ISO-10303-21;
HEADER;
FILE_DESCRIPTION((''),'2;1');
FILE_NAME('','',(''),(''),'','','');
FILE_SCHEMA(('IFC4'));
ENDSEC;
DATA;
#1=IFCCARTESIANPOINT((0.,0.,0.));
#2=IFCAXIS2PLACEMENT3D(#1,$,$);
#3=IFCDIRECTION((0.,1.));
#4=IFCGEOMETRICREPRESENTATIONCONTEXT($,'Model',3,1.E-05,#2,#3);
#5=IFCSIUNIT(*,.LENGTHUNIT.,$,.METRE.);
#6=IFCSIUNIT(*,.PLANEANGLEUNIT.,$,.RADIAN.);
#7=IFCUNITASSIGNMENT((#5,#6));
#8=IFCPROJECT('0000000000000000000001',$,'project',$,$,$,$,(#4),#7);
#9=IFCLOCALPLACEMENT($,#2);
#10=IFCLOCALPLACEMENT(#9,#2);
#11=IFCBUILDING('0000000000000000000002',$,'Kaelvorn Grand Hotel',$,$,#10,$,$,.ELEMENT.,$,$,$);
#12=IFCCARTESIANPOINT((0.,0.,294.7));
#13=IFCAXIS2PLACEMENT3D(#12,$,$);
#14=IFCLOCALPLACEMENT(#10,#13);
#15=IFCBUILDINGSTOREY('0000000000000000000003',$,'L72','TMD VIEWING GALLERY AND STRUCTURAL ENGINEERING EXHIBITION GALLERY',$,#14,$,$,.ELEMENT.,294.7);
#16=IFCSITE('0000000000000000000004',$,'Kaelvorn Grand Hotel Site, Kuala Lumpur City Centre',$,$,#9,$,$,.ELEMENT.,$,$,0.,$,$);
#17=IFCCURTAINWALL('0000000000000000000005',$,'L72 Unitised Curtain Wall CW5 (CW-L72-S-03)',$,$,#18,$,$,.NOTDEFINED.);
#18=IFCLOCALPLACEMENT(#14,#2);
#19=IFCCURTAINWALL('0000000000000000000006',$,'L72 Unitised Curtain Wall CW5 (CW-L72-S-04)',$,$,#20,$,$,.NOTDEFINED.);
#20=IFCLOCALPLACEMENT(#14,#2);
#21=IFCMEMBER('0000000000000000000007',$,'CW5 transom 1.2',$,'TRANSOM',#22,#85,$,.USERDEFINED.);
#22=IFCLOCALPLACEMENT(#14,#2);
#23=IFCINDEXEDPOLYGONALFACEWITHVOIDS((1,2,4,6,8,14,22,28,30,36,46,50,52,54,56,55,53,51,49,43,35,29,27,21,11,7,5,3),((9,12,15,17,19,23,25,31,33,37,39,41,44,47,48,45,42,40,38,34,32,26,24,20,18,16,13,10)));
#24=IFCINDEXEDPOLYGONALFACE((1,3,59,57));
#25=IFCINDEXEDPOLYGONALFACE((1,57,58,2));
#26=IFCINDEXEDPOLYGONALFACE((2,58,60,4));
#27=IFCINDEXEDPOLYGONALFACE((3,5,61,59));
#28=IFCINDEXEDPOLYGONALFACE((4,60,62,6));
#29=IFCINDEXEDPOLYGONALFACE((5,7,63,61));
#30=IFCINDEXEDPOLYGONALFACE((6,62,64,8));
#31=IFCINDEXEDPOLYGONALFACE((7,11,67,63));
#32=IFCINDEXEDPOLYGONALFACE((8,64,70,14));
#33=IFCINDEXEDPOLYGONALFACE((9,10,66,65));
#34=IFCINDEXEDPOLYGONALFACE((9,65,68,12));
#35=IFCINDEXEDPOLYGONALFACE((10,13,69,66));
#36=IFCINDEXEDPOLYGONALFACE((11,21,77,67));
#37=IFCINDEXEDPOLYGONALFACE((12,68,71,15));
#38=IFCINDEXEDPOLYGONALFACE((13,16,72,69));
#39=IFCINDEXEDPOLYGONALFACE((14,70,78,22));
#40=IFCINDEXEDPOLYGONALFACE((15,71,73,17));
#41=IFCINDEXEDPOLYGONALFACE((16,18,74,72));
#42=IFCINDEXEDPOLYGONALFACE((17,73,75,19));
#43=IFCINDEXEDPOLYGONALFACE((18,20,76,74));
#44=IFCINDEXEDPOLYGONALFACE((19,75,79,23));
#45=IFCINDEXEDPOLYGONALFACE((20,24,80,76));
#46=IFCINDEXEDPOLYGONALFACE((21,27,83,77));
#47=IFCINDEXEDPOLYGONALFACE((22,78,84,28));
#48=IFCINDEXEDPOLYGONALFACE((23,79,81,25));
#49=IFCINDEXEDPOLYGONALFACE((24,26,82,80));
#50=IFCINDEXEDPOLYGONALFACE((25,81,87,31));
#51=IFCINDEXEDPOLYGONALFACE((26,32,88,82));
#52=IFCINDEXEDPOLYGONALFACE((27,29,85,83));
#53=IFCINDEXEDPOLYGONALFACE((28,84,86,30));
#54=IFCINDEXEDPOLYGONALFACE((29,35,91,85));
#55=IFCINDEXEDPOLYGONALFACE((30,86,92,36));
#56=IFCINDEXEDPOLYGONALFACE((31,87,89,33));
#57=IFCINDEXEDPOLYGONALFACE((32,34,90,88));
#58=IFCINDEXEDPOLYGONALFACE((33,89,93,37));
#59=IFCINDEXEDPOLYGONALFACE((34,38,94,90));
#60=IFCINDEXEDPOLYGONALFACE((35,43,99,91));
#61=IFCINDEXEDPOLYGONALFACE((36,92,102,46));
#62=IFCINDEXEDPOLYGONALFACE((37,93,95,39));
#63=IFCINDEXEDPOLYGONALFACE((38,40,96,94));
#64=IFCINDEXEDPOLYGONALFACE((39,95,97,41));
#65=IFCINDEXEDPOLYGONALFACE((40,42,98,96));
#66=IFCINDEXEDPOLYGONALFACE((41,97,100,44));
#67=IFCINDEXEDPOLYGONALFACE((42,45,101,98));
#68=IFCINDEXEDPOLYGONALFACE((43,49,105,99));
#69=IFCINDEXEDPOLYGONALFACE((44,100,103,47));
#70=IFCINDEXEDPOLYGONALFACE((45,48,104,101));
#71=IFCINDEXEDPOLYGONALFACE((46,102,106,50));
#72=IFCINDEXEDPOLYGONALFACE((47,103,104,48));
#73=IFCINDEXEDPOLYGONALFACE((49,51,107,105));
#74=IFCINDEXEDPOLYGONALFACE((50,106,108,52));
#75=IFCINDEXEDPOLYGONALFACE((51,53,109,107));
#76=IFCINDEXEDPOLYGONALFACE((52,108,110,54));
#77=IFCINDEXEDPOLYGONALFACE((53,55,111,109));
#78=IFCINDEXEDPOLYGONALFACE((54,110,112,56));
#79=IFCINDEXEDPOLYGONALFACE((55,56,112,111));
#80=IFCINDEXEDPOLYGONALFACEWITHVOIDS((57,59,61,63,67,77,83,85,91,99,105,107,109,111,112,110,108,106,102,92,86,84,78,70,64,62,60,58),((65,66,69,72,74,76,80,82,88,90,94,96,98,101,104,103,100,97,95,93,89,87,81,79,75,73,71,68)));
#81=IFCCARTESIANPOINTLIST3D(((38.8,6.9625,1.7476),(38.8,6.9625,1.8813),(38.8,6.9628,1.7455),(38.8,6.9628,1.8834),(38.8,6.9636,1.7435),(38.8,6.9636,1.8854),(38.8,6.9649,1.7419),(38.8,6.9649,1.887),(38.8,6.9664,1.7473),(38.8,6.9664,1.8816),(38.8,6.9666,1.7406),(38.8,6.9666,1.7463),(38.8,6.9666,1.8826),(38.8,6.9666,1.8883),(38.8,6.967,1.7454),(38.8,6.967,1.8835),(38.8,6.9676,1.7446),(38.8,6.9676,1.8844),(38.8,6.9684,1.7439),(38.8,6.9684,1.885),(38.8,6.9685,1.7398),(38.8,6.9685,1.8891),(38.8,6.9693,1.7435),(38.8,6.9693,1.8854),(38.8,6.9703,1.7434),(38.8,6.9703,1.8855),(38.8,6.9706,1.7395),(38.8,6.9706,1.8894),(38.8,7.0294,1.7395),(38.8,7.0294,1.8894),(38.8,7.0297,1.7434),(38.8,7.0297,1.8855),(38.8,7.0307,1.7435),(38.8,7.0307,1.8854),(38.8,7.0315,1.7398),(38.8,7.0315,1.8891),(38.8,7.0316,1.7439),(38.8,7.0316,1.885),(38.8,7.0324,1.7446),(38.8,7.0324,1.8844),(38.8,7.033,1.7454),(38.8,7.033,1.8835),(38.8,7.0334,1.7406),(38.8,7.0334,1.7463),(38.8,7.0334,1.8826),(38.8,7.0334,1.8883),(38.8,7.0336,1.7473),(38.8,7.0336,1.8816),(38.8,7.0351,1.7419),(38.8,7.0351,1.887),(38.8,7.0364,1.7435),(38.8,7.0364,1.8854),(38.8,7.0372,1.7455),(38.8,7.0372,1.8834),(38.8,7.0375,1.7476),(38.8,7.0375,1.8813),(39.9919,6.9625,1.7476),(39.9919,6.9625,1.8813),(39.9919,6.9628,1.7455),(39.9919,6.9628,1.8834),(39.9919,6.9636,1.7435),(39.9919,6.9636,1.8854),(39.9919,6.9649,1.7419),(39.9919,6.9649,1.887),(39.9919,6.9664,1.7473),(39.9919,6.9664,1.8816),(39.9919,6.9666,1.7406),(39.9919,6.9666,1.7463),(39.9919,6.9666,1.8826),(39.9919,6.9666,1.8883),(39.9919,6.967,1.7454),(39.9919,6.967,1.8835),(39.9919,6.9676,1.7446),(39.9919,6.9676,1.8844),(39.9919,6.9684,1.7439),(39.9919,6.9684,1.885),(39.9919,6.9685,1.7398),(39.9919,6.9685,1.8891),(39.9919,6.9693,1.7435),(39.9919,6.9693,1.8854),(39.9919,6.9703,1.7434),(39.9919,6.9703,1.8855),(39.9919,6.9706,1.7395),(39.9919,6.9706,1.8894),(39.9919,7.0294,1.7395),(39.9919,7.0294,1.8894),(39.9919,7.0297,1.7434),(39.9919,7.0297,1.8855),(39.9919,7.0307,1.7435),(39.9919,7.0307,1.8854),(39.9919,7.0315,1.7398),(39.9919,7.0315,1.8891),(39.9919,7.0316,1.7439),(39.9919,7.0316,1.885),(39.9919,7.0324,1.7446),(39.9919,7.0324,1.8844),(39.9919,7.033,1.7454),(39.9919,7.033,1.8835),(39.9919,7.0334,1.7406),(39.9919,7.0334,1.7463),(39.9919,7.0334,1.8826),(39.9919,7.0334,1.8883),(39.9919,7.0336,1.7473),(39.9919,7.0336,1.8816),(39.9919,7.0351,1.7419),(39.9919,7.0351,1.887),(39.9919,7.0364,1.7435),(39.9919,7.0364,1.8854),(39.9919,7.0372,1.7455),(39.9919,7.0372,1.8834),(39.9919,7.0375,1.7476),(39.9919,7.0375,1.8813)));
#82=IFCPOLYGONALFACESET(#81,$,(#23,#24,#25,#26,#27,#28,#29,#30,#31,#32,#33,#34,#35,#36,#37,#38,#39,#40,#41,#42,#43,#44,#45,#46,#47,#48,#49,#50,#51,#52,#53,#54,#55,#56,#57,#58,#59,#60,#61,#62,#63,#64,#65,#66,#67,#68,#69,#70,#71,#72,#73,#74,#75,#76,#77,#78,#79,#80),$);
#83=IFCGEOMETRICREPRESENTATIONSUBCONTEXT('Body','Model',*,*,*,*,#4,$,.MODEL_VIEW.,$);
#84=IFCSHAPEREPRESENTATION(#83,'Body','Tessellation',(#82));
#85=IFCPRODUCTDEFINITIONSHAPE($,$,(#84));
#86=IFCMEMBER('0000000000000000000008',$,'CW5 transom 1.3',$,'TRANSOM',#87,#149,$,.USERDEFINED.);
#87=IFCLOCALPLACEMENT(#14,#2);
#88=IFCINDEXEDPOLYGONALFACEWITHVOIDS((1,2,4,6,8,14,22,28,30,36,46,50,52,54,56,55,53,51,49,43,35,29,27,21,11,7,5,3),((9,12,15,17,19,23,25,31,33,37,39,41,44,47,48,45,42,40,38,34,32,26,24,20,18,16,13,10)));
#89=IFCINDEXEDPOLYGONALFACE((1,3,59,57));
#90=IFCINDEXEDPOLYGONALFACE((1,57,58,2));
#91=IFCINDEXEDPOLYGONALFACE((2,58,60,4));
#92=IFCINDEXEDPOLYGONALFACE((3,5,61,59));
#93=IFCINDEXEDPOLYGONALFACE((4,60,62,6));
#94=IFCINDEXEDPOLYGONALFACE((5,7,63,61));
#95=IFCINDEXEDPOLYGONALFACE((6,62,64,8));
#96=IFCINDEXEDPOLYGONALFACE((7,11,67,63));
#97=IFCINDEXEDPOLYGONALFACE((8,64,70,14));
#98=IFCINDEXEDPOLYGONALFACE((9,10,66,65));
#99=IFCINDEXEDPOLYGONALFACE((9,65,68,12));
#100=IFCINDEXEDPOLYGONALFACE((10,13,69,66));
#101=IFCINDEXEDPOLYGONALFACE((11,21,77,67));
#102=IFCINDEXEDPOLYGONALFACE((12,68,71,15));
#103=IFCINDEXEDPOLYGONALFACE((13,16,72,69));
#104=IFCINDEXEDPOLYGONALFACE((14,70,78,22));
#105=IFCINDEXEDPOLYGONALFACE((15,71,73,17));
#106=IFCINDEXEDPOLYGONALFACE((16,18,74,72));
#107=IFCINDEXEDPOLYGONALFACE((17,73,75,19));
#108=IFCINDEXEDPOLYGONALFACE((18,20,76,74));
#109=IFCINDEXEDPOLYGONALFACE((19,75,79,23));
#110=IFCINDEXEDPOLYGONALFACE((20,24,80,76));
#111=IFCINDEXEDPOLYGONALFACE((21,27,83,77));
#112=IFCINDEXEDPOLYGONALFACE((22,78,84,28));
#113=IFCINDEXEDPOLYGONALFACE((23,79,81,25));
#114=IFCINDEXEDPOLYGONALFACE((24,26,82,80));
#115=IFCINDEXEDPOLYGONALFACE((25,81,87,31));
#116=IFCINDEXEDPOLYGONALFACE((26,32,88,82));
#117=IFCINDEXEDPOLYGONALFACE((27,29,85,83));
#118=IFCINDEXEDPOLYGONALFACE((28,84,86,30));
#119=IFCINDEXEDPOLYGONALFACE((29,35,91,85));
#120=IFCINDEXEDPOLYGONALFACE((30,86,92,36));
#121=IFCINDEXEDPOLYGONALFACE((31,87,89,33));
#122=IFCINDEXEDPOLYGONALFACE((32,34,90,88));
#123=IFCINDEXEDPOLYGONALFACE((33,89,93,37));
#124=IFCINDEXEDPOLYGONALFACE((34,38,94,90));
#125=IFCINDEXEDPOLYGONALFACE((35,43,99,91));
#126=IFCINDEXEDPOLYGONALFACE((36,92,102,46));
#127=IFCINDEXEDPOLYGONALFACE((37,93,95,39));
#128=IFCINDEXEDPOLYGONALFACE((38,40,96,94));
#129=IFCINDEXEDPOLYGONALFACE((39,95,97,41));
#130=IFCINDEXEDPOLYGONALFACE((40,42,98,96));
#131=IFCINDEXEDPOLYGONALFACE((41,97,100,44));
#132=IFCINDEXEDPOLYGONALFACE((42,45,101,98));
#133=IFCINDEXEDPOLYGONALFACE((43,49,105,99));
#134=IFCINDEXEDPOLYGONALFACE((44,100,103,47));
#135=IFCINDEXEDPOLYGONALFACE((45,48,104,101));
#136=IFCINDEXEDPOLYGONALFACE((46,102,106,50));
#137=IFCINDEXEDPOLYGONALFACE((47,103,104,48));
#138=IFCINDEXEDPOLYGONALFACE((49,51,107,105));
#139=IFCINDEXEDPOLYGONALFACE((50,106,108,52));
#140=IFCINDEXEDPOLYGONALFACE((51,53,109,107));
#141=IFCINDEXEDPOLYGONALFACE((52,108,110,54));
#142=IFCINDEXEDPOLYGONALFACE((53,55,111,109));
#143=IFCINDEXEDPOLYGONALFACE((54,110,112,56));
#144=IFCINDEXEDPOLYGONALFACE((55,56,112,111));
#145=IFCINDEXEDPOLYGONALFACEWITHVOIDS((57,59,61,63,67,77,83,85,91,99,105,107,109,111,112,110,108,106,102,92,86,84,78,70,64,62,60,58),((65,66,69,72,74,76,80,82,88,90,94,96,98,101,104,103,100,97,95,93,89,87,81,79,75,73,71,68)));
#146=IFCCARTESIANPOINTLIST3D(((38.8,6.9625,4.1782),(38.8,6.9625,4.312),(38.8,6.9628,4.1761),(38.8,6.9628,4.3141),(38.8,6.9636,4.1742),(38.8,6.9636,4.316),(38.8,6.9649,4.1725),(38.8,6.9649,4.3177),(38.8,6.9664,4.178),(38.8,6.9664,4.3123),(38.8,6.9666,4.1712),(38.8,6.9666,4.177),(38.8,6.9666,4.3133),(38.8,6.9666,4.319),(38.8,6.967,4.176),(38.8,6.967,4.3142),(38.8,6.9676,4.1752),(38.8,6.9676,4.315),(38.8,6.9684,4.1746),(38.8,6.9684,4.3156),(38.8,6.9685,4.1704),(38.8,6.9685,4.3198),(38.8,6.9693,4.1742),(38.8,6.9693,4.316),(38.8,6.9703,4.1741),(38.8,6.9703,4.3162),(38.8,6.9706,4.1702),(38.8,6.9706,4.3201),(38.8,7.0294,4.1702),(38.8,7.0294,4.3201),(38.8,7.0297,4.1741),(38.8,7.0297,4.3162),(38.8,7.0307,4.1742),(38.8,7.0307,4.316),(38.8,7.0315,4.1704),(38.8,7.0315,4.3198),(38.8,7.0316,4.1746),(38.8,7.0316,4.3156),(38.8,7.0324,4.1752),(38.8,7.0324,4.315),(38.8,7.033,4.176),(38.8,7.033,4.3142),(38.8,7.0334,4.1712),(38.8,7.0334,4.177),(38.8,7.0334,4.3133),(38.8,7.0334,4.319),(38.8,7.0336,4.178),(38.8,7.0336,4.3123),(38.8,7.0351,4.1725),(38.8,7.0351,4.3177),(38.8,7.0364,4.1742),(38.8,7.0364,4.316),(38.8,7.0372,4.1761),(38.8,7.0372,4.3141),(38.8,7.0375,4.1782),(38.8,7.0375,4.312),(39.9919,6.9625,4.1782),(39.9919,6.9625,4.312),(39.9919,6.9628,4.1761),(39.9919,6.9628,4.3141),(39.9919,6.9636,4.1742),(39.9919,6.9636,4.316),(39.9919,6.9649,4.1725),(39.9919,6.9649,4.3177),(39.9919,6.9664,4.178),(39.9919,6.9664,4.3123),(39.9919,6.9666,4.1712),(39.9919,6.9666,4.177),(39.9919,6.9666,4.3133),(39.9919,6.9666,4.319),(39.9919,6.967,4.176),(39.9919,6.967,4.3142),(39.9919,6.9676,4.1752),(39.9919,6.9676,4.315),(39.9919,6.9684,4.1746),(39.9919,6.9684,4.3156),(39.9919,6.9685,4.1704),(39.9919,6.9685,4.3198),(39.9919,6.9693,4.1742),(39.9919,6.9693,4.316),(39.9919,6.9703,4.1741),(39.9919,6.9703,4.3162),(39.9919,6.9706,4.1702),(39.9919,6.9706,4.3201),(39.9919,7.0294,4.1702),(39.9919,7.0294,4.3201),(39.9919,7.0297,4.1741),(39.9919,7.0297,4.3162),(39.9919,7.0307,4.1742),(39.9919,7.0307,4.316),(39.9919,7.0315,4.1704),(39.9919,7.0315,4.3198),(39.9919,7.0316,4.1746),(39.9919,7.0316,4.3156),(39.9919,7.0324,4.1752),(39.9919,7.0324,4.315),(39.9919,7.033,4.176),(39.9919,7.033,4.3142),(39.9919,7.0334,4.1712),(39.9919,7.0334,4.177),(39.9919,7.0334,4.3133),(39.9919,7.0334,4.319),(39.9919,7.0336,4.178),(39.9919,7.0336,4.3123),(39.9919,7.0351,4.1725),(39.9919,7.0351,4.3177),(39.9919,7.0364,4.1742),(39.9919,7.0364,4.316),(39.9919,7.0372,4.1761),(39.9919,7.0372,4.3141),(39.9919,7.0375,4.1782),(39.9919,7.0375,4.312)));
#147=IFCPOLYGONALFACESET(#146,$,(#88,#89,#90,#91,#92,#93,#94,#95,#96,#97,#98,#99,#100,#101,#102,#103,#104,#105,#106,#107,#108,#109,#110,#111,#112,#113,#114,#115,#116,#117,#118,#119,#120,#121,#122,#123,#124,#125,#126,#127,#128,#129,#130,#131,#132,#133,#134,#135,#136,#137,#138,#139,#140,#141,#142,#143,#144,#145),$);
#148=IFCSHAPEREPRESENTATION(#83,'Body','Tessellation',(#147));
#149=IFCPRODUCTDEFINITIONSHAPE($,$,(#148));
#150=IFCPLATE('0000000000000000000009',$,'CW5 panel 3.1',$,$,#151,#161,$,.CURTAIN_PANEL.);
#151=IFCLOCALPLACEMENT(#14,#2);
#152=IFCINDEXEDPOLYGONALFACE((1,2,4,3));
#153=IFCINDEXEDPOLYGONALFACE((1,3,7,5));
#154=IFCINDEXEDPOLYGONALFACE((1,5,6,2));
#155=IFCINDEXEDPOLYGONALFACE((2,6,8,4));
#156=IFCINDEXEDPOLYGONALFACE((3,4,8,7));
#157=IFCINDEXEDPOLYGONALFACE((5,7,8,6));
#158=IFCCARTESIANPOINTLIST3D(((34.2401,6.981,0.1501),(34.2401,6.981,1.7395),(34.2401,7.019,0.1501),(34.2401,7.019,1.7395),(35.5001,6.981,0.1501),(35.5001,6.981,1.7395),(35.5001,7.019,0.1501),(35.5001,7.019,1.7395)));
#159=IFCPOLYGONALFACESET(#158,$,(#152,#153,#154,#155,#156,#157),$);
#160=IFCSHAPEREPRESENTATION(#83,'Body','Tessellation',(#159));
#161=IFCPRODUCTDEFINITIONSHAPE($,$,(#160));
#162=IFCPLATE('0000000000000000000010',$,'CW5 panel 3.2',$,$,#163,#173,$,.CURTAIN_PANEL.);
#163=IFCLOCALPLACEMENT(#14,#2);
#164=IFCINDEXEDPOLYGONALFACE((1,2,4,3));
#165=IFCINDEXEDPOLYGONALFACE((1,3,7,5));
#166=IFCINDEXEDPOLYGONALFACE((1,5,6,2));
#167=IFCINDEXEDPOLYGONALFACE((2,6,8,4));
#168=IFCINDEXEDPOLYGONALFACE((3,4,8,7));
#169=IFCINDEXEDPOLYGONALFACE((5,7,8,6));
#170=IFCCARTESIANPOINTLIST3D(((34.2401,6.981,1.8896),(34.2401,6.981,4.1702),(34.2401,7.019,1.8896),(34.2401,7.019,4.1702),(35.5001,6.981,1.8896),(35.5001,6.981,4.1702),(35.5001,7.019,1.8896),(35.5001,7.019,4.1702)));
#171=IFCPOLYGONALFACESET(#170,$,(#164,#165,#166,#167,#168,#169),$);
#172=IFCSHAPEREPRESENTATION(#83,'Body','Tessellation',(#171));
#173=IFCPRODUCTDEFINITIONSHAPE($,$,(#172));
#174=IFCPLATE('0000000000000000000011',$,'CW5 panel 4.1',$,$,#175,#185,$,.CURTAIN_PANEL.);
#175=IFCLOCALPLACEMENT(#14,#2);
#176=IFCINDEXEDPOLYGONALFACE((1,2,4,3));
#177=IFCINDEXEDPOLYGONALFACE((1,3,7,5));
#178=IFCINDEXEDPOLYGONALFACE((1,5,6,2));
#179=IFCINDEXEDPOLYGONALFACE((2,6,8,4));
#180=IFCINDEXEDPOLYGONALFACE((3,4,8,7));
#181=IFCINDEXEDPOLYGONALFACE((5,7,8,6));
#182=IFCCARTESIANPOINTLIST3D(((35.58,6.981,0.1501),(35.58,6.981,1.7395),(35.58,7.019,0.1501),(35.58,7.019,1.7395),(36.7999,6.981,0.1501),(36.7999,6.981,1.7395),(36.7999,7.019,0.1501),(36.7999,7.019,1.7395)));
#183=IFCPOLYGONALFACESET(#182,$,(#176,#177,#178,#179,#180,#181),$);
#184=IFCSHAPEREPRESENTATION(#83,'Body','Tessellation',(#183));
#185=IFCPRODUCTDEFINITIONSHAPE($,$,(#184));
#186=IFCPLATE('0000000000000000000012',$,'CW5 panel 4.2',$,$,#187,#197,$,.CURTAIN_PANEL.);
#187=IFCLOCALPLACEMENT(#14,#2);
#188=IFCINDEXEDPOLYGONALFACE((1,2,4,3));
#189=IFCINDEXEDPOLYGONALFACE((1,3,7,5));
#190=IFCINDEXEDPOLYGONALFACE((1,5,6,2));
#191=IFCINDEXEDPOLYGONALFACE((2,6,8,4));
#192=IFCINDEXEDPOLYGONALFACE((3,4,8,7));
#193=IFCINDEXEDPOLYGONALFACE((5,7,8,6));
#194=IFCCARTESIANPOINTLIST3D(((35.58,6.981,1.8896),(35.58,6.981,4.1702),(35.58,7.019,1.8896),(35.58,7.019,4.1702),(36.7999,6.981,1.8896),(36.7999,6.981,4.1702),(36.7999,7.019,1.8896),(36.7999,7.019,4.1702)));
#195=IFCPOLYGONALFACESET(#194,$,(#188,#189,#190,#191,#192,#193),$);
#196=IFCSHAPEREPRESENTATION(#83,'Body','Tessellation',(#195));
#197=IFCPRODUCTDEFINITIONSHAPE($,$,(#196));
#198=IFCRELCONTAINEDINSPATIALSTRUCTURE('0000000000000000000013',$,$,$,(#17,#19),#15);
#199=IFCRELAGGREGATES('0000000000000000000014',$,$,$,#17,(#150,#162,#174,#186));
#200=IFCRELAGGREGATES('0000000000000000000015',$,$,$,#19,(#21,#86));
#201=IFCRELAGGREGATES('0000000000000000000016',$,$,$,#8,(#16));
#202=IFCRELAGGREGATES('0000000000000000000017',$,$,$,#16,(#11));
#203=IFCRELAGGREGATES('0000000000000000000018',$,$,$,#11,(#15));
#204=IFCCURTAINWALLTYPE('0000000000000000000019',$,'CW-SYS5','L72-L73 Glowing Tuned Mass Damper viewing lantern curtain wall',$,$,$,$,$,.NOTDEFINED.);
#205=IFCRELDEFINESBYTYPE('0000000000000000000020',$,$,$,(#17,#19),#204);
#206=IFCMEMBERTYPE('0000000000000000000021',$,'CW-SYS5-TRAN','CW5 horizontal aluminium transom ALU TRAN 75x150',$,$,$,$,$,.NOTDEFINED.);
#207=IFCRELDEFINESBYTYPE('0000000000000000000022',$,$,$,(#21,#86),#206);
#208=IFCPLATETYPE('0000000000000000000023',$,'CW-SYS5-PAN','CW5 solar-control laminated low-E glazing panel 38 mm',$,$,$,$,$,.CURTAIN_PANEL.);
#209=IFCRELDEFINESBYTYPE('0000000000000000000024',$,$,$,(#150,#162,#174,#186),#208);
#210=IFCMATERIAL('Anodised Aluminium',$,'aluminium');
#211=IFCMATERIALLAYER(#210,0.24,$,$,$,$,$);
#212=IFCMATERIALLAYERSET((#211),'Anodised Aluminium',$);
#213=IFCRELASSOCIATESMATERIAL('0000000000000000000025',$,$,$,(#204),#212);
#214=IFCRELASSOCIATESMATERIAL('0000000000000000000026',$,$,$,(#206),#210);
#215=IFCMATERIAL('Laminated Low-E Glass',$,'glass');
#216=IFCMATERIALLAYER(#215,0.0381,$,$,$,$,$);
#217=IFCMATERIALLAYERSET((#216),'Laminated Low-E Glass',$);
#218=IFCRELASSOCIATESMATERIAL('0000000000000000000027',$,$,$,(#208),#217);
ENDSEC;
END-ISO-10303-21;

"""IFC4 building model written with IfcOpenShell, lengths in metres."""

from ifc_helpers import new_model, si_unit, direction, frame, origin, origin_2d, place, context, subcontext, project, spatial, rectangle, hollow_rectangle, extrude, material, layer, layer_set, material_profile, profile_set, type_object, element, aggregate, save


model = new_model("IFC4")

# Units and contexts
model_context = context("Model", 3, precision=1e-05, world=origin(), true_north=direction((0.0, 1.0)))
body_context = subcontext(model_context, "Body", "Model", "MODEL_VIEW")
ifc_project = project(units=[si_unit("LENGTHUNIT", "METRE"), si_unit("PLANEANGLEUNIT", "RADIAN")], contexts=[model_context])

# Site, building, storey
site_placement = place(None, origin())
site = spatial("IfcSite", under=ifc_project, at=site_placement, Name="Kaelvorn Grand Hotel Site, Kuala Lumpur City Centre", CompositionType="ELEMENT", RefElevation=0.0)
building_placement = place(site_placement, origin())
building = spatial("IfcBuilding", under=site, at=building_placement, Name="Kaelvorn Grand Hotel", CompositionType="ELEMENT")
storey_placement = place(building_placement, frame((0.0, 0.0, 294.7)))
storey = spatial("IfcBuildingStorey", under=building, at=storey_placement, Name="L72", Description="TMD VIEWING GALLERY AND STRUCTURAL ENGINEERING EXHIBITION GALLERY", CompositionType="ELEMENT", Elevation=294.7)

# Curtain wall
ifc_material_1 = material(Name="Anodised Aluminium", Category="aluminium")
ifc_layer_1 = layer(ifc_material_1, 0.24)
ifc_layer_set_1 = layer_set([ifc_layer_1], Name="Anodised Aluminium")
curtain_wall_type = type_object("IfcCurtainWallType", Name="CW-SYS5", Description="L72-L73 Glowing Tuned Mass Damper viewing lantern curtain wall", PredefinedType="NOTDEFINED", material=ifc_layer_set_1)
curtain_wall_1_placement = place(storey_placement, origin())
curtain_wall_1 = element("IfcCurtainWall", 1, at=curtain_wall_1_placement, inside=storey, type_object=curtain_wall_type, Name="L72 Unitised Curtain Wall CW5 (CW-L72-S-03)", PredefinedType="NOTDEFINED")

# Curtain wall
curtain_wall_2_placement = place(storey_placement, origin())
curtain_wall_2 = element("IfcCurtainWall", 2, at=curtain_wall_2_placement, inside=storey, type_object=curtain_wall_type, Name="L72 Unitised Curtain Wall CW5 (CW-L72-S-04)", PredefinedType="NOTDEFINED")

# Members
ifc_material_profile_1 = material_profile(ifc_material_1, hollow_rectangle(XDim=0.075, YDim=0.1499, WallThickness=0.0039, InnerFilletRadius=0.0039, OuterFilletRadius=0.0081, at=origin_2d()), Name="ALU TRAN 75x150")
ifc_profile_set_1 = profile_set([ifc_material_profile_1], Name="Anodised Aluminium")
member_type_1 = type_object("IfcMemberType", Name="CW-SYS5-TRAN", Description="CW5 horizontal aluminium transom ALU TRAN 75x150", PredefinedType="NOTDEFINED", material=ifc_profile_set_1)
member_1_placement = place(storey_placement, frame((38.8, 7.0, 1.8145), z_axis=(1.0, 0.0, 0.0), x_axis=(0.0, 1.0, 0.0)))
member_1 = element("IfcMember", 3, at=member_1_placement, type_object=member_type_1, Name="CW5 transom 1.2", ObjectType="TRANSOM", PredefinedType="USERDEFINED", context=body_context, shape_type="SweptSolid", body=[
    extrude(hollow_rectangle(XDim=0.075, YDim=0.1499, WallThickness=0.0039, InnerFilletRadius=0.0039, OuterFilletRadius=0.0081, at=origin_2d()), origin(), (0.0, 0.0, 1.0), 1.1919),
])
member_2_placement = place(storey_placement, frame((38.8, 7.0, 4.2451), z_axis=(1.0, 0.0, 0.0), x_axis=(0.0, 1.0, 0.0)))
member_2 = element("IfcMember", 4, at=member_2_placement, type_object=member_type_1, Name="CW5 transom 1.3", ObjectType="TRANSOM", PredefinedType="USERDEFINED", context=body_context, shape_type="SweptSolid", body=[
    extrude(hollow_rectangle(XDim=0.075, YDim=0.1499, WallThickness=0.0039, InnerFilletRadius=0.0039, OuterFilletRadius=0.0081, at=origin_2d()), origin(), (0.0, 0.0, 1.0), 1.1919),
])

# Plates
ifc_material_2 = material(Name="Laminated Low-E Glass", Category="glass")
ifc_layer_2 = layer(ifc_material_2, 0.0381)
ifc_layer_set_2 = layer_set([ifc_layer_2], Name="Laminated Low-E Glass")
plate_type = type_object("IfcPlateType", Name="CW-SYS5-PAN", Description="CW5 solar-control laminated low-E glazing panel 38 mm", PredefinedType="CURTAIN_PANEL", material=ifc_layer_set_2)
plate_1_placement = place(storey_placement, frame((34.8701, 7.0, 0.1501), z_axis=(0.0, 0.0, 1.0), x_axis=(1.0, 0.0, 0.0)))
plate_1 = element("IfcPlate", 5, at=plate_1_placement, type_object=plate_type, Name="CW5 panel 3.1", PredefinedType="CURTAIN_PANEL", context=body_context, shape_type="SweptSolid", body=[
    extrude(rectangle(XDim=1.26, YDim=0.0381, at=origin_2d()), origin(), (0.0, 0.0, 1.0), 1.5894),
])
plate_2_placement = place(storey_placement, frame((34.8701, 7.0, 1.8896), z_axis=(0.0, 0.0, 1.0), x_axis=(1.0, 0.0, 0.0)))
plate_2 = element("IfcPlate", 6, at=plate_2_placement, type_object=plate_type, Name="CW5 panel 3.2", PredefinedType="CURTAIN_PANEL", context=body_context, shape_type="SweptSolid", body=[
    extrude(rectangle(XDim=1.26, YDim=0.0381, at=origin_2d()), origin(), (0.0, 0.0, 1.0), 2.2805),
])
plate_3_placement = place(storey_placement, frame((36.1899, 7.0, 0.1501), z_axis=(0.0, 0.0, 1.0), x_axis=(1.0, 0.0, 0.0)))
plate_3 = element("IfcPlate", 7, at=plate_3_placement, type_object=plate_type, Name="CW5 panel 4.1", PredefinedType="CURTAIN_PANEL", context=body_context, shape_type="SweptSolid", body=[
    extrude(rectangle(XDim=1.22, YDim=0.0381, at=origin_2d()), origin(), (0.0, 0.0, 1.0), 1.5894),
])
plate_4_placement = place(storey_placement, frame((36.1899, 7.0, 1.8896), z_axis=(0.0, 0.0, 1.0), x_axis=(1.0, 0.0, 0.0)))
plate_4 = element("IfcPlate", 8, at=plate_4_placement, type_object=plate_type, Name="CW5 panel 4.2", PredefinedType="CURTAIN_PANEL", context=body_context, shape_type="SweptSolid", body=[
    extrude(rectangle(XDim=1.22, YDim=0.0381, at=origin_2d()), origin(), (0.0, 0.0, 1.0), 2.2805),
])
aggregate(curtain_wall_1, [plate_1, plate_2, plate_3, plate_4])
aggregate(curtain_wall_2, [member_1, member_2])

save(model, "model.ifc")
